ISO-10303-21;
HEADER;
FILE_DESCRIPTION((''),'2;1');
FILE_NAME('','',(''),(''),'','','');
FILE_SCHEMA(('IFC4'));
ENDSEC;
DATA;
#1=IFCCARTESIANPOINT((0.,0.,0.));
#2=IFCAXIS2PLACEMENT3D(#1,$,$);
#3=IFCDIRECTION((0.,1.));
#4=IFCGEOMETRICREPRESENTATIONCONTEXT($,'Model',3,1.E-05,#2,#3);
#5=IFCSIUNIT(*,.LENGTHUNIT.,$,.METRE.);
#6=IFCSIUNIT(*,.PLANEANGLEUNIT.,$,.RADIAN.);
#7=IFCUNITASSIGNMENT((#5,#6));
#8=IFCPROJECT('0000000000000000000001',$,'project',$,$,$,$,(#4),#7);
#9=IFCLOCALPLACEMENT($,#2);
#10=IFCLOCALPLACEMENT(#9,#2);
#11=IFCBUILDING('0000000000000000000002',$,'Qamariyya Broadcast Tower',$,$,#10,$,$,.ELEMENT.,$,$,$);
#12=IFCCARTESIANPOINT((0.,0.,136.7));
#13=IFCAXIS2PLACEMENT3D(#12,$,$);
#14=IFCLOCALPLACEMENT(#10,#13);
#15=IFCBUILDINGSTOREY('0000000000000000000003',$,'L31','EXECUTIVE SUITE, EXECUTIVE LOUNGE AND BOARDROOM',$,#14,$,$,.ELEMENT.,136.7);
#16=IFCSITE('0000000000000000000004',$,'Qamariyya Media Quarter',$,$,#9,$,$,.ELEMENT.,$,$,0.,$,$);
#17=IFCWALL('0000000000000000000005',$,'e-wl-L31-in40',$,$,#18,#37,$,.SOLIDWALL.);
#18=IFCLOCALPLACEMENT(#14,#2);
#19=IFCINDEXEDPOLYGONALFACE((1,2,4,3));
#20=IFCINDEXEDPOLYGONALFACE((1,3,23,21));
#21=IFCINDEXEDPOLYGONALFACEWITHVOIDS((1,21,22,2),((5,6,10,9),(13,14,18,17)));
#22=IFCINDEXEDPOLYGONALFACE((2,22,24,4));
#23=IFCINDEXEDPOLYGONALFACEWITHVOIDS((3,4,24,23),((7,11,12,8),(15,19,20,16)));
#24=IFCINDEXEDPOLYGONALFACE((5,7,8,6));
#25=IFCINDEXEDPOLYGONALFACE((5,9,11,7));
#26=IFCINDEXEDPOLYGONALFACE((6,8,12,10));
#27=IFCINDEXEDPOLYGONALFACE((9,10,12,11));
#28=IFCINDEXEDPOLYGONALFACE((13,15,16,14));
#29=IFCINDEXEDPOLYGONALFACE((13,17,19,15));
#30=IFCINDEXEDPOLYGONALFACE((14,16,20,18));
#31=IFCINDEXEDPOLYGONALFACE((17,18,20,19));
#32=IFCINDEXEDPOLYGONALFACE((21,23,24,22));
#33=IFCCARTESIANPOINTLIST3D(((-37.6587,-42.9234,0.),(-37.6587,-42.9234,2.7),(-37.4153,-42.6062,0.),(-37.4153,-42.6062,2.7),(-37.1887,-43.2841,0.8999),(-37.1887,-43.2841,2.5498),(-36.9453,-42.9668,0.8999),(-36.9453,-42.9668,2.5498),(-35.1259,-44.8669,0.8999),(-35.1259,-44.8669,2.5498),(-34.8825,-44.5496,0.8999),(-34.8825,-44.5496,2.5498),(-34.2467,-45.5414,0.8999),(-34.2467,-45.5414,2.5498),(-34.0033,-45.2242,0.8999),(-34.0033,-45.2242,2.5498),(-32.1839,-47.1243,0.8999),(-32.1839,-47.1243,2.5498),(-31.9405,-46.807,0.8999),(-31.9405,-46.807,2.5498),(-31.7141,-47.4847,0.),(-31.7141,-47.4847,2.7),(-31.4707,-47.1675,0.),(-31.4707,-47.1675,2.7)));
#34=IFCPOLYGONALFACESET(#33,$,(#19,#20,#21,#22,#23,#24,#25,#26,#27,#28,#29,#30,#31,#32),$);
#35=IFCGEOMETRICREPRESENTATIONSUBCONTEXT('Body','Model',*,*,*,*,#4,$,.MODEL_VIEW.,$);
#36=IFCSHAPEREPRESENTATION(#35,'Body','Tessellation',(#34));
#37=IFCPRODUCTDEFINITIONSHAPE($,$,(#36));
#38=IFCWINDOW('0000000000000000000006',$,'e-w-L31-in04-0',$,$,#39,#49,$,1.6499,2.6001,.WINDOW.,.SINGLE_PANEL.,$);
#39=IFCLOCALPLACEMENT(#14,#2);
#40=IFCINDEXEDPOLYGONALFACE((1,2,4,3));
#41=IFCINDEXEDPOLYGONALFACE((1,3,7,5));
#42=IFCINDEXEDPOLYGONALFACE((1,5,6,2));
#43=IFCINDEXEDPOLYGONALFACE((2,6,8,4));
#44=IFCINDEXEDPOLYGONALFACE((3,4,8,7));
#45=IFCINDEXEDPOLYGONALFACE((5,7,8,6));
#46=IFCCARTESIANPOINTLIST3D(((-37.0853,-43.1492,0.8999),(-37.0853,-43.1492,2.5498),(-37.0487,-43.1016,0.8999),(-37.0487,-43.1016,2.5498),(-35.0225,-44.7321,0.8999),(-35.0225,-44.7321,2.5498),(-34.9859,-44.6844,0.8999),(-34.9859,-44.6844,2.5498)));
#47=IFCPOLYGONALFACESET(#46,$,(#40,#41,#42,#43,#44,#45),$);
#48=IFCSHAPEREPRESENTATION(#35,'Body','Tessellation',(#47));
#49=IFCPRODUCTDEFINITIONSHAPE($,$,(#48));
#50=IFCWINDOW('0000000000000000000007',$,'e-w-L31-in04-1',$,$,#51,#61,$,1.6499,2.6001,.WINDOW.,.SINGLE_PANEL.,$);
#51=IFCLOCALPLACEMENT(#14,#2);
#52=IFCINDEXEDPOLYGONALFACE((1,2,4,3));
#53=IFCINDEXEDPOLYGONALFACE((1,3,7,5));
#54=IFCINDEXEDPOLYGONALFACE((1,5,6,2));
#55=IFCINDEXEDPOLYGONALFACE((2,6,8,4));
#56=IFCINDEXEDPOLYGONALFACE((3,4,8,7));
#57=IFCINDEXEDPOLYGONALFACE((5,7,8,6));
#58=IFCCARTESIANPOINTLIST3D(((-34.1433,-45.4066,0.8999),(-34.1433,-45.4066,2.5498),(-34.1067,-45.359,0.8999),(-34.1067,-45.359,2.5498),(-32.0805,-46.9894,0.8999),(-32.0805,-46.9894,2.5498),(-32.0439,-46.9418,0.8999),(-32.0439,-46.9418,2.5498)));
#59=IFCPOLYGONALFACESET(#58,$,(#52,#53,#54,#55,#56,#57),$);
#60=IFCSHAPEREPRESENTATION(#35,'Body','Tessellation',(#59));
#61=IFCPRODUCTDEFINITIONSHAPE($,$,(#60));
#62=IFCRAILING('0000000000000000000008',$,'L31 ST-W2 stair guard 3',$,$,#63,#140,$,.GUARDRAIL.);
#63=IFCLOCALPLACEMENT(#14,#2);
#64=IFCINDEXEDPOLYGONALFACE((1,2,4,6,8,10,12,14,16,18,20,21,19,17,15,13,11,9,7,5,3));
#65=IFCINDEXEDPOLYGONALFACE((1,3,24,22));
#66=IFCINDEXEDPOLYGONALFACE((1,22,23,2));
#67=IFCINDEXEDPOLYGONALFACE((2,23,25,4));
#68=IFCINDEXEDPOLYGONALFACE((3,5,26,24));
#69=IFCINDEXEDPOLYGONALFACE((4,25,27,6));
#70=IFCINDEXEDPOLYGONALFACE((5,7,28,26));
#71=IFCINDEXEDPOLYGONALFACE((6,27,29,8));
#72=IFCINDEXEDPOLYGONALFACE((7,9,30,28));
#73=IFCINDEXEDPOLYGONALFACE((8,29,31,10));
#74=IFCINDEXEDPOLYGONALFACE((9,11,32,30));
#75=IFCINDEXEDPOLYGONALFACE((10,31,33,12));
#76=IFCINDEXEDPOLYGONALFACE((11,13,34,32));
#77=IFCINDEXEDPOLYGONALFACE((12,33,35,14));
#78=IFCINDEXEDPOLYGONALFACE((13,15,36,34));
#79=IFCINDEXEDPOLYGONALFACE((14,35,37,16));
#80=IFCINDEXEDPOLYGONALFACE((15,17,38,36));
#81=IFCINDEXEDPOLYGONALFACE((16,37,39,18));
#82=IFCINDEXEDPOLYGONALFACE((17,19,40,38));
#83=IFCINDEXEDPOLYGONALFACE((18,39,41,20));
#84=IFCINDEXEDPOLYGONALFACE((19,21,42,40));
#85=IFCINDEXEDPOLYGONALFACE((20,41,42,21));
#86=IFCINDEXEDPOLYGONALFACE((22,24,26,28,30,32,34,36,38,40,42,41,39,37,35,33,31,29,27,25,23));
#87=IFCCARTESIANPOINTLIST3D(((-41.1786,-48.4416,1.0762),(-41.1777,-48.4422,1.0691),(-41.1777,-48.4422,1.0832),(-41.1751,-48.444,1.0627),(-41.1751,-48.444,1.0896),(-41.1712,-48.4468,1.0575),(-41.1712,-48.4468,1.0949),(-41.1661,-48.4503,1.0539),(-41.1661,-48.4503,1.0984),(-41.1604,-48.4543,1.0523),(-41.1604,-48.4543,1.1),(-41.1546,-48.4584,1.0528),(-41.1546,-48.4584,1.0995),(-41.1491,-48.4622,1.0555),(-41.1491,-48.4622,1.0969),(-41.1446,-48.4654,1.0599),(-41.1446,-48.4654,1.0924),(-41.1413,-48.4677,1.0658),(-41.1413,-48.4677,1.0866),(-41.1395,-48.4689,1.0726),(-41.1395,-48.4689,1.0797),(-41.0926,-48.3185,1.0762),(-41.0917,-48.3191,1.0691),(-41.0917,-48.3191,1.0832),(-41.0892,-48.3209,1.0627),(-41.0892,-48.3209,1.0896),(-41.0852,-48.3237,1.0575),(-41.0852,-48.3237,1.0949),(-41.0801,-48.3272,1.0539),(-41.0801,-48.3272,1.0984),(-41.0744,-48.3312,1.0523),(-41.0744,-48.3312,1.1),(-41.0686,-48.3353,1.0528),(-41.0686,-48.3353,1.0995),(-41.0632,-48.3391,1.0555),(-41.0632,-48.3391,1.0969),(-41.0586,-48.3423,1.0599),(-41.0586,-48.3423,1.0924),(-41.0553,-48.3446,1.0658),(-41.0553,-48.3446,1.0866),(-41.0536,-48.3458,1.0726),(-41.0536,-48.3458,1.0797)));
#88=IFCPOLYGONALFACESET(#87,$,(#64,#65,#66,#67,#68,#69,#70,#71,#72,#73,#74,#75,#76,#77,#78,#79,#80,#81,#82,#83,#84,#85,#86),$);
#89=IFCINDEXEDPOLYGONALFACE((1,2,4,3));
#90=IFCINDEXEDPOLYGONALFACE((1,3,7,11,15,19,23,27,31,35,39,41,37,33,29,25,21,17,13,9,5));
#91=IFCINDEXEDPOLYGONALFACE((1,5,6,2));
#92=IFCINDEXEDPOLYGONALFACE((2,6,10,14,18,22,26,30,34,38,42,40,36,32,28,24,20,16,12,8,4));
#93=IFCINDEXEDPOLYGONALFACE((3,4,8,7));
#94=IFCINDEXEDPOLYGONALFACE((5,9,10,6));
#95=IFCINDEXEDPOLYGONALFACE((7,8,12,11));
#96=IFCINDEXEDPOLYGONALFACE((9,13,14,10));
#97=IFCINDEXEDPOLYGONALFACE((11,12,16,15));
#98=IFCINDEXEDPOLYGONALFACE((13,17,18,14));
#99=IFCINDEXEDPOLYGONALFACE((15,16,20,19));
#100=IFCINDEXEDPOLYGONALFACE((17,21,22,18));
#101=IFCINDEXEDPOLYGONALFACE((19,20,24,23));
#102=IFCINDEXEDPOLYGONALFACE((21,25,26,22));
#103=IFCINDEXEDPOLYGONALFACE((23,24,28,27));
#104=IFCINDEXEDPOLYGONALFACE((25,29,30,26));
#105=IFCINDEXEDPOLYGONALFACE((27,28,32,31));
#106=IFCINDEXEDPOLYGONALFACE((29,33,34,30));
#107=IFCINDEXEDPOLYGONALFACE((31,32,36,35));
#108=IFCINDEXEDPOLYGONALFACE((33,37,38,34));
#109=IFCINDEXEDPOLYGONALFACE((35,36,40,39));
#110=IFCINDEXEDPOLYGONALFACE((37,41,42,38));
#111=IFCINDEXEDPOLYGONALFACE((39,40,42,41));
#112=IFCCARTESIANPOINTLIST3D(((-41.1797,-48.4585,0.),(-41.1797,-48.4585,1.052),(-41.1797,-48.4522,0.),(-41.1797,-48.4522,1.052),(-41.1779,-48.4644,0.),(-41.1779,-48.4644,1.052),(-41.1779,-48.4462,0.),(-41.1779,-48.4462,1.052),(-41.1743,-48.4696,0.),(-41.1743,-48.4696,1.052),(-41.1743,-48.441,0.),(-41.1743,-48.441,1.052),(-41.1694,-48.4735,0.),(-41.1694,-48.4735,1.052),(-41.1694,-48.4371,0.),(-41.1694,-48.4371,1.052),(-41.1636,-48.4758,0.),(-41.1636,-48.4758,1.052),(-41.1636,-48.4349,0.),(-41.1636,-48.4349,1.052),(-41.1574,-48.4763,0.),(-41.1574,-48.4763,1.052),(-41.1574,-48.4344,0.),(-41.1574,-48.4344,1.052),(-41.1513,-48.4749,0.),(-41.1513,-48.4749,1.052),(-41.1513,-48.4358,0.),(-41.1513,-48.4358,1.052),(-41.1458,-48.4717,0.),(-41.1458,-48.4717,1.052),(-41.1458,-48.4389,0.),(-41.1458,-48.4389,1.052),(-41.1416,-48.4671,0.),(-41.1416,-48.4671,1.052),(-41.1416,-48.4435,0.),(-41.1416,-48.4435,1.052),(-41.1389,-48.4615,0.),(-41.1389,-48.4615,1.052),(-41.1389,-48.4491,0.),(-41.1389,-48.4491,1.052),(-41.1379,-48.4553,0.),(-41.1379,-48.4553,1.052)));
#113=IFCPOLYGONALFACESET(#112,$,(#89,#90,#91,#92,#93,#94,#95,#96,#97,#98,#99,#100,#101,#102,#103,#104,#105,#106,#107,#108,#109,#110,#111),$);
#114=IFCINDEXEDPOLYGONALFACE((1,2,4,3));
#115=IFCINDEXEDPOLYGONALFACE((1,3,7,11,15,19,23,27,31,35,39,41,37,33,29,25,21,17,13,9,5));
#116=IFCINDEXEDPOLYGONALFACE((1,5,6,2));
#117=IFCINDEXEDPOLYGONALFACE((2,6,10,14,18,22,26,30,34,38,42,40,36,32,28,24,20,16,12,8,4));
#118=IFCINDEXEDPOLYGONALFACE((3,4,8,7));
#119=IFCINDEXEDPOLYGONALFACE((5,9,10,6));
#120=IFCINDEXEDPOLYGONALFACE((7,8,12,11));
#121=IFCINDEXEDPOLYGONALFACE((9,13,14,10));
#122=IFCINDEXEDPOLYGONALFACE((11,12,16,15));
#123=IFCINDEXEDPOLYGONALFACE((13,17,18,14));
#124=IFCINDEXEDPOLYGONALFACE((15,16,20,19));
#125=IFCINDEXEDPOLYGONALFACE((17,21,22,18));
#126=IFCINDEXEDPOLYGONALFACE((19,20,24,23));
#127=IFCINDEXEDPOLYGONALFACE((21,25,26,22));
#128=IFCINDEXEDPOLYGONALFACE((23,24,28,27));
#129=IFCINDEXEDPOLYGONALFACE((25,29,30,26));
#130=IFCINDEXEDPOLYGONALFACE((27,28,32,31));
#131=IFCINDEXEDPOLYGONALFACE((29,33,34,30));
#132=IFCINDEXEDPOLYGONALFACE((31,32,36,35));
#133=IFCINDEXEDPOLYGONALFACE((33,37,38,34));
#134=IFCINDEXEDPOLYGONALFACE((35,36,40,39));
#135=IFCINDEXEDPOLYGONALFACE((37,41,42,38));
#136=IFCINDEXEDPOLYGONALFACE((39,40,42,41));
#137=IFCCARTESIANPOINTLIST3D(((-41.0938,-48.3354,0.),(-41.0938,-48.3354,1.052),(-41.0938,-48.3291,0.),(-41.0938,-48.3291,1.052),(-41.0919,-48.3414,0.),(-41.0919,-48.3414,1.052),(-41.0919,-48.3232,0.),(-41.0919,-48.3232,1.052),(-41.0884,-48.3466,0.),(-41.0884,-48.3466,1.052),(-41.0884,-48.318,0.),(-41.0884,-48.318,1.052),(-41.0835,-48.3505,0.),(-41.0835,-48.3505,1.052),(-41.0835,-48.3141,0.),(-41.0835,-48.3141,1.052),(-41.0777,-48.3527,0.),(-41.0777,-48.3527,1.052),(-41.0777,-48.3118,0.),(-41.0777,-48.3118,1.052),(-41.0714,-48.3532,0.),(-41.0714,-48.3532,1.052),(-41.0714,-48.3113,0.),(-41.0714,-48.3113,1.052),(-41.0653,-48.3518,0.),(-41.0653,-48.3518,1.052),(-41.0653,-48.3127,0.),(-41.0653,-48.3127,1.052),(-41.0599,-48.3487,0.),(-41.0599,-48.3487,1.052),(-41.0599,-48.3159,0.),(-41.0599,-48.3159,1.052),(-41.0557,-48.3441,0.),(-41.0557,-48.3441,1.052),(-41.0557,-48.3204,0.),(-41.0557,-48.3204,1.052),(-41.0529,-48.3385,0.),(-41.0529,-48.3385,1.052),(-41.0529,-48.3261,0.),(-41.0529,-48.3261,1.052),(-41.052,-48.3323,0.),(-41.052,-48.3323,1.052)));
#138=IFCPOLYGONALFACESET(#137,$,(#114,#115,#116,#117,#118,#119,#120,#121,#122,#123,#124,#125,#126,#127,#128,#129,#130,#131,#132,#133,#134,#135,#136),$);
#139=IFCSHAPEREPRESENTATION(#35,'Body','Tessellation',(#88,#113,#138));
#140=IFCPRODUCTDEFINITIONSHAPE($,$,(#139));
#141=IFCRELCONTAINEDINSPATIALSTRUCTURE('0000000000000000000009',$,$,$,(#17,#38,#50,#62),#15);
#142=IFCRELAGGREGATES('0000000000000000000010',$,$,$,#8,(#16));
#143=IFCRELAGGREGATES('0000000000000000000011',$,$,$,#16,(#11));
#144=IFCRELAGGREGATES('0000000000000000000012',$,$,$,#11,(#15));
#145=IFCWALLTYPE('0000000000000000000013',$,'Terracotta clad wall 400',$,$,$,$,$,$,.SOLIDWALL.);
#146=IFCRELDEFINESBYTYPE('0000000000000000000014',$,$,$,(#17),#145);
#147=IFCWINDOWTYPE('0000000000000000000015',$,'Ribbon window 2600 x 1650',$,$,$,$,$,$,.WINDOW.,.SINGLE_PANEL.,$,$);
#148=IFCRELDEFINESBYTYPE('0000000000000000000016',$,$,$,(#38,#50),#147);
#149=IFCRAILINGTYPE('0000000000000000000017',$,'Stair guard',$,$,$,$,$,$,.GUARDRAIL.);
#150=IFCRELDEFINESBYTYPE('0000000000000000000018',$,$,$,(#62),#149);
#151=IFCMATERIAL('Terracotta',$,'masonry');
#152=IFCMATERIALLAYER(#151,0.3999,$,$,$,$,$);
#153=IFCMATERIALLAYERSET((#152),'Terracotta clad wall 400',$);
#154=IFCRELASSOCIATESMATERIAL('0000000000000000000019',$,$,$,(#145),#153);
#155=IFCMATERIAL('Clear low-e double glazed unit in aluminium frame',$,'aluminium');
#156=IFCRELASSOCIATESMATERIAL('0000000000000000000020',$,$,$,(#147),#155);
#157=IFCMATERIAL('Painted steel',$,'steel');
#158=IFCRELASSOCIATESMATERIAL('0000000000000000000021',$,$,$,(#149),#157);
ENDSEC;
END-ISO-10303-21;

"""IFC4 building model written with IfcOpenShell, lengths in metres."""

from ifc_helpers import new_model, si_unit, direction, frame, frame_2d, origin, origin_2d, place, context, subcontext, project, spatial, rectangle, circle, extrude, material, layer, layer_set, type_object, element, fill, save


model = new_model("IFC4")

# Units and contexts
model_context = context("Model", 3, precision=1e-05, world=origin(), true_north=direction((0.0, 1.0)))
body_context = subcontext(model_context, "Body", "Model", "MODEL_VIEW")
ifc_project = project(units=[si_unit("LENGTHUNIT", "METRE"), si_unit("PLANEANGLEUNIT", "RADIAN")], contexts=[model_context])

# Site, building, storey
site_placement = place(None, origin())
site = spatial("IfcSite", under=ifc_project, at=site_placement, Name="Qamariyya Media Quarter", CompositionType="ELEMENT", RefElevation=0.0)
building_placement = place(site_placement, origin())
building = spatial("IfcBuilding", under=site, at=building_placement, Name="Qamariyya Broadcast Tower", CompositionType="ELEMENT")
storey_placement = place(building_placement, frame((0.0, 0.0, 136.7)))
storey = spatial("IfcBuildingStorey", under=building, at=storey_placement, Name="L31", Description="EXECUTIVE SUITE, EXECUTIVE LOUNGE AND BOARDROOM", CompositionType="ELEMENT", Elevation=136.7)

# Wall, openings, windows
ifc_material_1 = material(Name="Terracotta", Category="masonry")
ifc_layer_1 = layer(ifc_material_1, 0.3999)
ifc_layer_set_1 = layer_set([ifc_layer_1], Name="Terracotta clad wall 400")
wall_type = type_object("IfcWallType", Name="Terracotta clad wall 400", PredefinedType="SOLIDWALL", material=ifc_layer_set_1)
ifc_material_2 = material(Name="Clear low-e double glazed unit in aluminium frame", Category="aluminium")
window_type = type_object("IfcWindowType", Name="Ribbon window 2600 x 1650", PartitioningType="SINGLE_PANEL", PredefinedType="WINDOW", material=ifc_material_2)
wall_1_placement = place(storey_placement, frame((-31.5923, -47.3262, 0.0), z_axis=(0.0, 0.0, 1.0), x_axis=(-0.793363, 0.608748, 0.0)))
wall_1 = element("IfcWall", 1, at=wall_1_placement, inside=storey, type_object=wall_type, Name="e-wl-L31-in40", PredefinedType="SOLIDWALL", context=body_context, shape_type="SweptSolid", body=[
    extrude(rectangle(XDim=7.4929, YDim=0.3999, at=frame_2d((3.7466, 0.0))), origin(), (0.0, 0.0, 1.0), 2.7),
])
opening_1_placement = place(wall_1_placement, frame((4.3005, 0.0, 0.8999)))
opening_1 = element("IfcOpeningElement", 2, at=opening_1_placement, cuts=wall_1, PredefinedType="OPENING", context=body_context, shape_type="SweptSolid", body=[
    extrude(rectangle(XDim=2.6001, YDim=1.6499, at=frame_2d((1.3, 0.825))), frame((0.0, 0.21, 0.0), z_axis=(0.0, -1.0, 0.0), x_axis=(1.0, 0.0, 0.0)), (0.0, 0.0, 1.0), 0.4199),
])
opening_2_placement = place(wall_1_placement, frame((0.5923, 0.0, 0.8999)))
opening_2 = element("IfcOpeningElement", 3, at=opening_2_placement, cuts=wall_1, PredefinedType="OPENING", context=body_context, shape_type="SweptSolid", body=[
    extrude(rectangle(XDim=2.6001, YDim=1.6499, at=frame_2d((1.3, 0.825))), frame((0.0, 0.21, 0.0), z_axis=(0.0, -1.0, 0.0), x_axis=(1.0, 0.0, 0.0)), (0.0, 0.0, 1.0), 0.4199),
])
window_1_placement = place(opening_1_placement, origin())
window_1 = element("IfcWindow", 4, at=window_1_placement, inside=storey, type_object=window_type, Name="e-w-L31-in04-0", OverallHeight=1.6499, OverallWidth=2.6001, PartitioningType="SINGLE_PANEL", PredefinedType="WINDOW", context=body_context, shape_type="SweptSolid", body=[
    extrude(rectangle(XDim=2.6001, YDim=1.6499, at=frame_2d((1.3, 0.825))), frame((0.0, 0.03, 0.0), z_axis=(0.0, -1.0, 0.0), x_axis=(1.0, 0.0, 0.0)), (0.0, 0.0, 1.0), 0.0601),
])
fill(opening_1, window_1)
window_2_placement = place(opening_2_placement, origin())
window_2 = element("IfcWindow", 5, at=window_2_placement, inside=storey, type_object=window_type, Name="e-w-L31-in04-1", OverallHeight=1.6499, OverallWidth=2.6001, PartitioningType="SINGLE_PANEL", PredefinedType="WINDOW", context=body_context, shape_type="SweptSolid", body=[
    extrude(rectangle(XDim=2.6001, YDim=1.6499, at=frame_2d((1.3, 0.825))), frame((0.0, 0.03, 0.0), z_axis=(0.0, -1.0, 0.0), x_axis=(1.0, 0.0, 0.0)), (0.0, 0.0, 1.0), 0.0601),
])
fill(opening_2, window_2)

# Railing
ifc_material_3 = material(Name="Painted steel", Category="steel")
railing_type_1 = type_object("IfcRailingType", Name="Stair guard", PredefinedType="GUARDRAIL", material=ifc_material_3)
railing_1_placement = place(storey_placement, frame((-41.1589, -48.4553, 0.0)))
element("IfcRailing", 6, at=railing_1_placement, inside=storey, type_object=railing_type_1, Name="L31 ST-W2 stair guard 3", PredefinedType="GUARDRAIL", context=body_context, shape_type="SweptSolid", body=[
    extrude(circle(Radius=0.0239, at=origin_2d()), frame((0.0, 0.0, 1.0762), z_axis=(0.572589, 0.819843, 0.0), x_axis=(-0.819843, 0.572589, 0.0)), (0.0, 0.0, 1.0), 0.1501),
    extrude(circle(Radius=0.021, at=origin_2d()), origin(), (0.0, 0.0, 1.0), 1.052),
    extrude(circle(Radius=0.021, at=origin_2d()), frame((0.0859, 0.123, 0.0)), (0.0, 0.0, 1.0), 1.052),
])

save(model, "model.ifc")
